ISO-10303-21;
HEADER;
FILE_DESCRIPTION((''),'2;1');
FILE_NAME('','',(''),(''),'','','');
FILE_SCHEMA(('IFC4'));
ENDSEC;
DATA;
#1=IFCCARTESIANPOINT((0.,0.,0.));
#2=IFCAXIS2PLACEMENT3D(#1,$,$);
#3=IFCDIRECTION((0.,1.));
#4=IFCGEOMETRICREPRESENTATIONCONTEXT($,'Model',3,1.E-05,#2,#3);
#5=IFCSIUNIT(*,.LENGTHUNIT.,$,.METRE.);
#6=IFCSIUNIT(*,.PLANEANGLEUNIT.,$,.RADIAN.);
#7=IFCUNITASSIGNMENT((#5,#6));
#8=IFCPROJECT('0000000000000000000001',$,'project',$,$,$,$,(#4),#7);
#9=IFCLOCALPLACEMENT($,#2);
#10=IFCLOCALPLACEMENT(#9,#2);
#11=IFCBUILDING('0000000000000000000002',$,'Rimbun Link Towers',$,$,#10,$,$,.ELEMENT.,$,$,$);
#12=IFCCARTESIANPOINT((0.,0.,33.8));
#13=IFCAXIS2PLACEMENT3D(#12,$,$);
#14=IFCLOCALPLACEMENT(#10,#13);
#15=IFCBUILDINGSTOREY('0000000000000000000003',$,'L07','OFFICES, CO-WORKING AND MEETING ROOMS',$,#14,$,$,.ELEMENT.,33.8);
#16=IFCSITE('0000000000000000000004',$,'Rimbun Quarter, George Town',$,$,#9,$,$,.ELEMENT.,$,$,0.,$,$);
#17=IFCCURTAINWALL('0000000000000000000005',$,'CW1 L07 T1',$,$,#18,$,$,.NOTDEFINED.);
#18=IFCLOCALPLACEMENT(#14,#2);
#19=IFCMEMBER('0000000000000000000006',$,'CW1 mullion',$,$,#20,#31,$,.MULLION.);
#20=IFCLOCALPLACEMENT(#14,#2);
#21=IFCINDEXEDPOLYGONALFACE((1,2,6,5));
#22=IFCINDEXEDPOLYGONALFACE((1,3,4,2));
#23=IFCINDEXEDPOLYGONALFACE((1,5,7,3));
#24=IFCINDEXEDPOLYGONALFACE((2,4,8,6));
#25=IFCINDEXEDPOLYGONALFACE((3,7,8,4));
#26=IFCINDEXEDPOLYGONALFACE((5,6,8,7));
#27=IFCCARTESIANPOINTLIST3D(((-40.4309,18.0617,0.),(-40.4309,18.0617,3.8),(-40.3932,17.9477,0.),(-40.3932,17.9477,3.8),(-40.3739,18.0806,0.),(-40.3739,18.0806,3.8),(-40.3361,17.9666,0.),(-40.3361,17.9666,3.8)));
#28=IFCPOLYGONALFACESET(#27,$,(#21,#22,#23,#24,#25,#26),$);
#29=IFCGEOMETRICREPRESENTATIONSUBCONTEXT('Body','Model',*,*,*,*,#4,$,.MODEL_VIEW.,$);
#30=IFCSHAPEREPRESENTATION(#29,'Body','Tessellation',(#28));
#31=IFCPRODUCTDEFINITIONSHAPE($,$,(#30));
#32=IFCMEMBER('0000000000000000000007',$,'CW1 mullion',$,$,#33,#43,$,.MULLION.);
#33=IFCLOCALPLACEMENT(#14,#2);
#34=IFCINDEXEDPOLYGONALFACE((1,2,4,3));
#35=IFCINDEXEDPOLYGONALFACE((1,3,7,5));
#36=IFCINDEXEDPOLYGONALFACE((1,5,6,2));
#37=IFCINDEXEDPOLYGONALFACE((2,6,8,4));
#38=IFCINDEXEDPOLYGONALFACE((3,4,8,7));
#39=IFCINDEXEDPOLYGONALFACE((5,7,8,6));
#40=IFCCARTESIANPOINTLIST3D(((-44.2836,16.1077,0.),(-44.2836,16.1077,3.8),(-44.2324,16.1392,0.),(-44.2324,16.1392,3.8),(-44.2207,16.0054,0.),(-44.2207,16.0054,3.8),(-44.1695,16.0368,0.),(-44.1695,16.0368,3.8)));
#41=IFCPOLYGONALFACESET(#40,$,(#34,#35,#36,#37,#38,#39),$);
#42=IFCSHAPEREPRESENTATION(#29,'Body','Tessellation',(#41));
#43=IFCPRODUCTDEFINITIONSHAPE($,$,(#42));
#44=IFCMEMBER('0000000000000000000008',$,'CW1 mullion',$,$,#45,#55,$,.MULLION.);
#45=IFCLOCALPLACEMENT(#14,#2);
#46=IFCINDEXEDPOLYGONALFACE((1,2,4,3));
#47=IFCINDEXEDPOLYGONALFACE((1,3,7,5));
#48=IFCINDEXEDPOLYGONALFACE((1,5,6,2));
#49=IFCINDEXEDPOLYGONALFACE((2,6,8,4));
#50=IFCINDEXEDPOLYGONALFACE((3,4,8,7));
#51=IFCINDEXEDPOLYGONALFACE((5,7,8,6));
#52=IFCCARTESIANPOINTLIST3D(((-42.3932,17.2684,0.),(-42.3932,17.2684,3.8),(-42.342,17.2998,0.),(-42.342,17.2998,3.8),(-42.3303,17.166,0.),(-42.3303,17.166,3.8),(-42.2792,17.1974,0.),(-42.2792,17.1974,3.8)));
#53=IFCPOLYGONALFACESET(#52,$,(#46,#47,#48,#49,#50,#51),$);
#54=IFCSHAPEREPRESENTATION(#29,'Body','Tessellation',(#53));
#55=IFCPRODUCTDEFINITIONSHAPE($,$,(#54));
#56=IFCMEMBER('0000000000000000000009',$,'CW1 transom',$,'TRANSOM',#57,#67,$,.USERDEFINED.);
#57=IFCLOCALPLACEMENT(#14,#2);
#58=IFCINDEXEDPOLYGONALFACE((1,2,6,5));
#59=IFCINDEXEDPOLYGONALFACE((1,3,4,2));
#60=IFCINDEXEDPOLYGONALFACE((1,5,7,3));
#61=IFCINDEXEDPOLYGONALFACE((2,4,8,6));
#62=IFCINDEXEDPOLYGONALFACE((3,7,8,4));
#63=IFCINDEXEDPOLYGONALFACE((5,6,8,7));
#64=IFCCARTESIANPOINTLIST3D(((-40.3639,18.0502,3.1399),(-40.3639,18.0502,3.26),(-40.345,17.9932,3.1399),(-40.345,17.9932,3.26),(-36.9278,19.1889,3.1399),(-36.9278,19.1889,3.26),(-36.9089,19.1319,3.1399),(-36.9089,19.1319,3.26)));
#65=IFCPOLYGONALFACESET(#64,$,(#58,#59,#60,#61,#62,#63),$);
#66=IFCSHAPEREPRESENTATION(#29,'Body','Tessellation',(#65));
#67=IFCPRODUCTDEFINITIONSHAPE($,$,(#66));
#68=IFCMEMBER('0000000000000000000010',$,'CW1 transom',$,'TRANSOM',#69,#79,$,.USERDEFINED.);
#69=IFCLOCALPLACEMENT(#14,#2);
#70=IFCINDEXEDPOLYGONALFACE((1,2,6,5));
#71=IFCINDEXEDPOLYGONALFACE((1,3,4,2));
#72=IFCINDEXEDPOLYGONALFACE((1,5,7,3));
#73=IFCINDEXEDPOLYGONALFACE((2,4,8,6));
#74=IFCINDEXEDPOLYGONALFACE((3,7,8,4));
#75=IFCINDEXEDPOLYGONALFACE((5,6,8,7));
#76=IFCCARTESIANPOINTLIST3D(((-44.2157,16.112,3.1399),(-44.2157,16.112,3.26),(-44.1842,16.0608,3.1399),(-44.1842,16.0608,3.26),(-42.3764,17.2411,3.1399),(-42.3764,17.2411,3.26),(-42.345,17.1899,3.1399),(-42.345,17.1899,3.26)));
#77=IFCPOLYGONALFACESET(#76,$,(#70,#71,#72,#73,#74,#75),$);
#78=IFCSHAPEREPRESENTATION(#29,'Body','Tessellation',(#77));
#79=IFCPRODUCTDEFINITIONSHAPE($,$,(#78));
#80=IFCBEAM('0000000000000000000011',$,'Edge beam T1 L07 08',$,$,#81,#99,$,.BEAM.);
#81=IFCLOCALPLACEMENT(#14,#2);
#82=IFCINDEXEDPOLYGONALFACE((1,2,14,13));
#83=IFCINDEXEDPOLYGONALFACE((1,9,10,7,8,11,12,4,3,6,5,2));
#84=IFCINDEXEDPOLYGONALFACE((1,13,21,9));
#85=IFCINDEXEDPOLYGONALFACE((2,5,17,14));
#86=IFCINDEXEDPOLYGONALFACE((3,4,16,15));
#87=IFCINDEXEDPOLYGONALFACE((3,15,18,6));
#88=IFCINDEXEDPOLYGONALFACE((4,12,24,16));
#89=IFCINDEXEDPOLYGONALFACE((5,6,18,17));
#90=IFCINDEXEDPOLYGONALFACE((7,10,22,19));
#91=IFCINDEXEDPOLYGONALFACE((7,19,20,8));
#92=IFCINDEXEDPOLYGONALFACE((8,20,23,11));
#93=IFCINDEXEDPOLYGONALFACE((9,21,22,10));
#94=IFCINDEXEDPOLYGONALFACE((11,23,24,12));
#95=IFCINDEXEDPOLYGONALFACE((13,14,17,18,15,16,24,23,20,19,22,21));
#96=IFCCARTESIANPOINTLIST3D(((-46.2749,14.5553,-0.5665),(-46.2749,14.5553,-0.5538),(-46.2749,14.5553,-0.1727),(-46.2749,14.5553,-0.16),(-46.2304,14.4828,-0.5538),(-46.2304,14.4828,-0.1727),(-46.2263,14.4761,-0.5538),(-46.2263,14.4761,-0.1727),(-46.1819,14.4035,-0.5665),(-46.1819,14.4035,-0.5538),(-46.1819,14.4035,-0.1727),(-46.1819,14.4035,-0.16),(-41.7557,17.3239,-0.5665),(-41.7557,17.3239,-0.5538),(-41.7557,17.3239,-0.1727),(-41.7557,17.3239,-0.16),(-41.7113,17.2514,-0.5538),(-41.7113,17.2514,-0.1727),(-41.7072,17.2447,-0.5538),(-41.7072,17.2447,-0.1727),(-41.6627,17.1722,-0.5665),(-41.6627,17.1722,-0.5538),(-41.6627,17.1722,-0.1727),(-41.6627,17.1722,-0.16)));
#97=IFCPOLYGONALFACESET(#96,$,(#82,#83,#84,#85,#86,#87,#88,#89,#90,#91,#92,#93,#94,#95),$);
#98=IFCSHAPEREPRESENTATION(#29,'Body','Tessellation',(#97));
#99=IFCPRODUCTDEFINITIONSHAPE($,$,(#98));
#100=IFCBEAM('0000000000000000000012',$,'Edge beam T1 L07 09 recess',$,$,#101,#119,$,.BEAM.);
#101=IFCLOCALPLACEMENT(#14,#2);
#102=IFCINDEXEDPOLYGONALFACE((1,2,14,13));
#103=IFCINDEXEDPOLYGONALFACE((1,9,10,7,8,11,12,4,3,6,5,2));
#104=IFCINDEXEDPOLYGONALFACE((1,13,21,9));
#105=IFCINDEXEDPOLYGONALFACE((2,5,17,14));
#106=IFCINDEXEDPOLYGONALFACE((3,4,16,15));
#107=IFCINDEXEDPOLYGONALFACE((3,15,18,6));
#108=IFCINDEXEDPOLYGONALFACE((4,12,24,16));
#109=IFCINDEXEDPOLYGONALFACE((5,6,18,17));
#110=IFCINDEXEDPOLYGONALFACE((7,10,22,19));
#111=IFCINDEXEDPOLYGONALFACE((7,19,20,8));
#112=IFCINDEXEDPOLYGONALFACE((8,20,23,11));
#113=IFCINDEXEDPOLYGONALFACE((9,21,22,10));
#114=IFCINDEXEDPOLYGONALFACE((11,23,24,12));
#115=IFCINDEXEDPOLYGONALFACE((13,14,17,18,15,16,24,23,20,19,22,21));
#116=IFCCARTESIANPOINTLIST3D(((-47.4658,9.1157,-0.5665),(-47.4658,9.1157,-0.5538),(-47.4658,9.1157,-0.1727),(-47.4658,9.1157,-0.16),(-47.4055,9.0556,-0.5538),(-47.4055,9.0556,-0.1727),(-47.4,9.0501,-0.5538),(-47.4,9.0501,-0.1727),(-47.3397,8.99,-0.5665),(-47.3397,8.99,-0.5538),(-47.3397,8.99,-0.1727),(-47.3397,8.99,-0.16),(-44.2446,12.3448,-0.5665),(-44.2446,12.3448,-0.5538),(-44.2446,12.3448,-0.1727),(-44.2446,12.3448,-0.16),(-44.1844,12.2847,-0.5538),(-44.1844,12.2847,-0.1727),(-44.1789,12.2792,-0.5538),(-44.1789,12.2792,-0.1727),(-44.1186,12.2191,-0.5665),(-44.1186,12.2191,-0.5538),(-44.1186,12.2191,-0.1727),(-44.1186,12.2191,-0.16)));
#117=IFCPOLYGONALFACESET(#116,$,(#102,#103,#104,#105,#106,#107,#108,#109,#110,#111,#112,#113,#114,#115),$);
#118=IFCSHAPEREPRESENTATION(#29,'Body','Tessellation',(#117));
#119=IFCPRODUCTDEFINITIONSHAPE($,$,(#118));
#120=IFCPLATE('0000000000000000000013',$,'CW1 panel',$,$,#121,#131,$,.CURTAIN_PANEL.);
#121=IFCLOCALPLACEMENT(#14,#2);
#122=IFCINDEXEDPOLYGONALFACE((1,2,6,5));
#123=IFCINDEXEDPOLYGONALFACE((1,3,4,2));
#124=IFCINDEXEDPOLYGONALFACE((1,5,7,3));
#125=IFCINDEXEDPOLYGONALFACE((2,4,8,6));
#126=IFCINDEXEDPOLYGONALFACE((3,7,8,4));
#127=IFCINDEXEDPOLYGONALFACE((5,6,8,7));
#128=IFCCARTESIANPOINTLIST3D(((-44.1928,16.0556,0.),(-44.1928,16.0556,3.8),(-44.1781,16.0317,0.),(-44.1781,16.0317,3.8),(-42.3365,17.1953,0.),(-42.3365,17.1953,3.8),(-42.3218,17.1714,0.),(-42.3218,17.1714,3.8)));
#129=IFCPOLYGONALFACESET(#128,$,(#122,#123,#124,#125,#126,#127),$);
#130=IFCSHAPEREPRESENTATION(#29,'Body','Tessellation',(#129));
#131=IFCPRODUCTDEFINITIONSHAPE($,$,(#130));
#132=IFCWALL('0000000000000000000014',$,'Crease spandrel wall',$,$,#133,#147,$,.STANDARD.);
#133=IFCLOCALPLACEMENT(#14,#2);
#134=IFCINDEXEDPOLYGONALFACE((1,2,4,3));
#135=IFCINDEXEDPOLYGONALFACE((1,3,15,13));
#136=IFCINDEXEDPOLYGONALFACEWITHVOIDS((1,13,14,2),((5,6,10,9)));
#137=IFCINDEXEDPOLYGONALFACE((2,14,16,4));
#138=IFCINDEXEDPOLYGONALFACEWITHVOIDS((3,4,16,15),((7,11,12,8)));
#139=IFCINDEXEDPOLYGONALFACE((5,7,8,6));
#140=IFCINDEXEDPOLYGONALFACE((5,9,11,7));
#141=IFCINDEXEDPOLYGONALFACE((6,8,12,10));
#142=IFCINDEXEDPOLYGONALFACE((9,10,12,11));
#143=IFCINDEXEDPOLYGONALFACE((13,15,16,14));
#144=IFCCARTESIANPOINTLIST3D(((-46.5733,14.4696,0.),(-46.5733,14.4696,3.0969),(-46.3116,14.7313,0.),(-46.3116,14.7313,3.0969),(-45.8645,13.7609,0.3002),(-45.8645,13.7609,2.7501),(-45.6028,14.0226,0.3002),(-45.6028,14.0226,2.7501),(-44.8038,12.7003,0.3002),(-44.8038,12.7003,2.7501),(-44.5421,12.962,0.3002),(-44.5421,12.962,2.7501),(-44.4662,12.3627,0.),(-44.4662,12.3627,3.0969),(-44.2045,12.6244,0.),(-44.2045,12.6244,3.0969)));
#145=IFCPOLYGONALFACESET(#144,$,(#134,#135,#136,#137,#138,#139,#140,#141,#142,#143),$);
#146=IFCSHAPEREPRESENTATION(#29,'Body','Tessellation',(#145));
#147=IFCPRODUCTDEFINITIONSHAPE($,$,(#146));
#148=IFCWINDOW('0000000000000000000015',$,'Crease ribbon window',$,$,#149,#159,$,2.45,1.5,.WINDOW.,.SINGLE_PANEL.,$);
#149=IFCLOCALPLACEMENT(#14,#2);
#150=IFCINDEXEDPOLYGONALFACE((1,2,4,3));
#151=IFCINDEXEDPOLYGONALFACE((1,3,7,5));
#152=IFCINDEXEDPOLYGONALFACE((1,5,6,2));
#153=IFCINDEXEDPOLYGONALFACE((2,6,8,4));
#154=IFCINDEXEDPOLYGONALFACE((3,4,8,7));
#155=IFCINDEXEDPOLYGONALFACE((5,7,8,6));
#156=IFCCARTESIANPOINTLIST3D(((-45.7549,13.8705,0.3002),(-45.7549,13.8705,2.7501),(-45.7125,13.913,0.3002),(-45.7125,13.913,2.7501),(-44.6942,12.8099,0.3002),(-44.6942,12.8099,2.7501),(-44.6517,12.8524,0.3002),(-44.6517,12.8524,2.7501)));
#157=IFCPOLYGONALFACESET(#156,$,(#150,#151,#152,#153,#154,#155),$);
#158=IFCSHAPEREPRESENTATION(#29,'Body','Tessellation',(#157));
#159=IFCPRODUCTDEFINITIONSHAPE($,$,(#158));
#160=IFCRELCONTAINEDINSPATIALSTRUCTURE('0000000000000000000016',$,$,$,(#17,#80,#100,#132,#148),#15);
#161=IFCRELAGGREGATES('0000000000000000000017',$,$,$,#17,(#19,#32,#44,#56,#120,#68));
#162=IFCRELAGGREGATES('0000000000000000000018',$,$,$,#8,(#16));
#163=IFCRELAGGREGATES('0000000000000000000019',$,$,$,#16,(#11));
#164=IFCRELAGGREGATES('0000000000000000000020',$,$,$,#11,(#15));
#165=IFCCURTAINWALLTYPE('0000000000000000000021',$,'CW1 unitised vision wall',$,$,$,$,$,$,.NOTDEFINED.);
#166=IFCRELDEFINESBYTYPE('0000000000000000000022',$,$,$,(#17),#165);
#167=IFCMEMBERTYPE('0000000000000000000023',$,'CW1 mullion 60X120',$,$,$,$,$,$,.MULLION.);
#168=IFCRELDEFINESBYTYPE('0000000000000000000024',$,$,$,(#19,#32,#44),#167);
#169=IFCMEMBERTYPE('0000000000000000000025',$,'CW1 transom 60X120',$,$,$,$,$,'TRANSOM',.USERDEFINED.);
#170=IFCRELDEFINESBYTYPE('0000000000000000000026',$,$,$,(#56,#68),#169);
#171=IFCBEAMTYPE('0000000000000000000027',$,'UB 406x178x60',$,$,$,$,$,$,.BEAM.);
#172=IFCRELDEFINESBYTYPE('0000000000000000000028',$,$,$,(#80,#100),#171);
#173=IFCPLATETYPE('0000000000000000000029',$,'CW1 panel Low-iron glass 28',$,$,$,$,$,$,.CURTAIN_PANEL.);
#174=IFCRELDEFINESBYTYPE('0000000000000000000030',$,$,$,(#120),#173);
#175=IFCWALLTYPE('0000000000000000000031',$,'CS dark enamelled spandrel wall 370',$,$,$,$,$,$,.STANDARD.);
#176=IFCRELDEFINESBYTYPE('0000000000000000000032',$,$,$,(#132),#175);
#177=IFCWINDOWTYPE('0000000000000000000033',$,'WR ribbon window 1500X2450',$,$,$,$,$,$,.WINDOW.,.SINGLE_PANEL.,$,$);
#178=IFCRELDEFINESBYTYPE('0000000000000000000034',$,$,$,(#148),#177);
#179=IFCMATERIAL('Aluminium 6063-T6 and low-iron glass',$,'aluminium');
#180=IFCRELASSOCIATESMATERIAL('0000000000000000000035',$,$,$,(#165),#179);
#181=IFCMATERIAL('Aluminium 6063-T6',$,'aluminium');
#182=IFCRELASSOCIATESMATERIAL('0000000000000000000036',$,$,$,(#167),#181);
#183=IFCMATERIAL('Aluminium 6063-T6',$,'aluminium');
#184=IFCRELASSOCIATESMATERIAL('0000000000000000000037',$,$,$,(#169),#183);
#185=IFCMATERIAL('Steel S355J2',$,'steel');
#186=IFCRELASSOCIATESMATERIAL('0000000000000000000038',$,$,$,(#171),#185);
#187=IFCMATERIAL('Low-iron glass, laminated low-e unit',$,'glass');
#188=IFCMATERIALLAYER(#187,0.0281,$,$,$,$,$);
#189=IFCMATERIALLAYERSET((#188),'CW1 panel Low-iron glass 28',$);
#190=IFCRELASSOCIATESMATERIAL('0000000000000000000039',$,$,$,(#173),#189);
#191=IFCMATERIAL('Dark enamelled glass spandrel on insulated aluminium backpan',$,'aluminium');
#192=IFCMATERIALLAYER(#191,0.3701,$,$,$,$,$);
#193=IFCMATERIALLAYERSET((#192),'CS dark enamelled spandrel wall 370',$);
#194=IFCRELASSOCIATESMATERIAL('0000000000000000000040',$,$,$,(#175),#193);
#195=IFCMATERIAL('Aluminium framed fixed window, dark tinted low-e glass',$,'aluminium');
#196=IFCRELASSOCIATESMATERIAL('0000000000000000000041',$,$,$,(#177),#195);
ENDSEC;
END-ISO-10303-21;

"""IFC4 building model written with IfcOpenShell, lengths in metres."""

from ifc_helpers import new_model, si_unit, direction, frame, frame_2d, origin, origin_2d, place, context, subcontext, project, spatial, rectangle, i_section, extrude, material, layer, layer_set, material_profile, profile_set, type_object, element, fill, aggregate, save


model = new_model("IFC4")

# Units and contexts
model_context = context("Model", 3, precision=1e-05, world=origin(), true_north=direction((0.0, 1.0)))
body_context = subcontext(model_context, "Body", "Model", "MODEL_VIEW")
ifc_project = project(units=[si_unit("LENGTHUNIT", "METRE"), si_unit("PLANEANGLEUNIT", "RADIAN")], contexts=[model_context])

# Site, building, storey
site_placement = place(None, origin())
site = spatial("IfcSite", under=ifc_project, at=site_placement, Name="Rimbun Quarter, George Town", CompositionType="ELEMENT", RefElevation=0.0)
building_placement = place(site_placement, origin())
building = spatial("IfcBuilding", under=site, at=building_placement, Name="Rimbun Link Towers", CompositionType="ELEMENT")
storey_placement = place(building_placement, frame((0.0, 0.0, 33.8)))
storey = spatial("IfcBuildingStorey", under=building, at=storey_placement, Name="L07", Description="OFFICES, CO-WORKING AND MEETING ROOMS", CompositionType="ELEMENT", Elevation=33.8)

# Curtain wall, members
ifc_material_1 = material(Name="Aluminium 6063-T6 and low-iron glass", Category="aluminium")
curtain_wall_type = type_object("IfcCurtainWallType", Name="CW1 unitised vision wall", PredefinedType="NOTDEFINED", material=ifc_material_1)
curtain_wall_placement = place(storey_placement, origin())
curtain_wall = element("IfcCurtainWall", 1, at=curtain_wall_placement, inside=storey, type_object=curtain_wall_type, Name="CW1 L07 T1", PredefinedType="NOTDEFINED")
ifc_material_2 = material(Name="Aluminium 6063-T6", Category="aluminium")
ifc_material_profile_1 = material_profile(ifc_material_2, rectangle(XDim=0.1201, YDim=0.0601, at=origin_2d()), Name="MULLION 60X120")
ifc_profile_set_1 = profile_set([ifc_material_profile_1], Name="Aluminium 6063-T6")
member_type_1 = type_object("IfcMemberType", Name="CW1 mullion 60X120", PredefinedType="MULLION", material=ifc_profile_set_1)
member_1_placement = place(storey_placement, frame((-40.3835, 18.0142, 0.0), z_axis=(0.0, 0.0, 1.0), x_axis=(-0.314564, 0.949236, 0.0)))
member_1 = element("IfcMember", 2, at=member_1_placement, type_object=member_type_1, Name="CW1 mullion", PredefinedType="MULLION", context=body_context, shape_type="SweptSolid", body=[
    extrude(rectangle(XDim=0.1201, YDim=0.0601, at=origin_2d()), origin(), (0.0, 0.0, 1.0), 3.8),
])
member_2_placement = place(storey_placement, frame((-44.2266, 16.0723, 0.0), z_axis=(0.0, 0.0, 1.0), x_axis=(-0.523232, 0.85219, 0.0)))
member_2 = element("IfcMember", 3, at=member_2_placement, type_object=member_type_1, Name="CW1 mullion", PredefinedType="MULLION", context=body_context, shape_type="SweptSolid", body=[
    extrude(rectangle(XDim=0.1201, YDim=0.0601, at=origin_2d()), origin(), (0.0, 0.0, 1.0), 3.8),
])
member_3_placement = place(storey_placement, frame((-42.3362, 17.2329, 0.0), z_axis=(0.0, 0.0, 1.0), x_axis=(-0.523232, 0.85219, 0.0)))
member_3 = element("IfcMember", 4, at=member_3_placement, type_object=member_type_1, Name="CW1 mullion", PredefinedType="MULLION", context=body_context, shape_type="SweptSolid", body=[
    extrude(rectangle(XDim=0.1201, YDim=0.0601, at=origin_2d()), origin(), (0.0, 0.0, 1.0), 3.8),
])
ifc_material_3 = material(Name="Aluminium 6063-T6", Category="aluminium")
ifc_material_profile_2 = material_profile(ifc_material_3, rectangle(XDim=0.0601, YDim=0.1201, at=origin_2d()), Name="TRANSOM 60X120")
ifc_profile_set_2 = profile_set([ifc_material_profile_2], Name="Aluminium 6063-T6")
member_type_2 = type_object("IfcMemberType", Name="CW1 transom 60X120", ElementType="TRANSOM", PredefinedType="USERDEFINED", material=ifc_profile_set_2)
member_4_placement = place(storey_placement, frame((-40.3545, 18.0217, 3.2), z_axis=(0.949235, 0.314568, 0.0), x_axis=(-0.314568, 0.949235, 0.0)))
member_4 = element("IfcMember", 5, at=member_4_placement, type_object=member_type_2, Name="CW1 transom", ObjectType="TRANSOM", PredefinedType="USERDEFINED", context=body_context, shape_type="SweptSolid", body=[
    extrude(rectangle(XDim=0.0601, YDim=0.1201, at=origin_2d()), origin(), (0.0, 0.0, 1.0), 3.6199),
])
member_5_placement = place(storey_placement, frame((-44.2, 16.0864, 3.2), z_axis=(0.852229, 0.523169, 0.0), x_axis=(-0.523169, 0.852229, 0.0)))
member_5 = element("IfcMember", 6, at=member_5_placement, type_object=member_type_2, Name="CW1 transom", ObjectType="TRANSOM", PredefinedType="USERDEFINED", context=body_context, shape_type="SweptSolid", body=[
    extrude(rectangle(XDim=0.0601, YDim=0.1201, at=origin_2d()), origin(), (0.0, 0.0, 1.0), 2.1582),
])

# Beams
ifc_material_4 = material(Name="Steel S355J2", Category="steel")
ifc_material_profile_3 = material_profile(ifc_material_4, i_section(OverallWidth=0.178, OverallDepth=0.4065, WebThickness=0.0078, FlangeThickness=0.0127, at=origin_2d()), Name="UB 406x178x60")
ifc_profile_set_3 = profile_set([ifc_material_profile_3], Name="Steel S355J2")
beam_type = type_object("IfcBeamType", Name="UB 406x178x60", PredefinedType="BEAM", material=ifc_profile_set_3)
beam_1_placement = place(storey_placement, frame((-41.7092, 17.248, -0.3633), z_axis=(-0.852701, -0.5224, 0.0), x_axis=(0.5224, -0.852701, 0.0)))
element("IfcBeam", 7, at=beam_1_placement, inside=storey, type_object=beam_type, Name="Edge beam T1 L07 08", PredefinedType="BEAM", context=body_context, shape_type="SweptSolid", body=[
    extrude(i_section(OverallWidth=0.178, OverallDepth=0.4065, WebThickness=0.0078, FlangeThickness=0.0127, at=origin_2d()), origin(), (0.0, 0.0, 1.0), 5.2998),
])
beam_2_placement = place(storey_placement, frame((-44.1816, 12.282, -0.3633), z_axis=(-0.706223, -0.707989, 0.0), x_axis=(0.707989, -0.706223, 0.0)))
element("IfcBeam", 8, at=beam_2_placement, inside=storey, type_object=beam_type, Name="Edge beam T1 L07 09 recess", PredefinedType="BEAM", context=body_context, shape_type="SweptSolid", body=[
    extrude(i_section(OverallWidth=0.178, OverallDepth=0.4065, WebThickness=0.0078, FlangeThickness=0.0127, at=origin_2d()), origin(), (0.0, 0.0, 1.0), 4.561),
])

# Plate
ifc_material_5 = material(Name="Low-iron glass, laminated low-e unit", Category="glass")
ifc_layer_1 = layer(ifc_material_5, 0.0281)
ifc_layer_set_1 = layer_set([ifc_layer_1], Name="CW1 panel Low-iron glass 28")
plate_type = type_object("IfcPlateType", Name="CW1 panel Low-iron glass 28", PredefinedType="CURTAIN_PANEL", material=ifc_layer_set_1)
plate_placement = place(storey_placement, frame((-43.2573, 16.6135, 0.0), z_axis=(0.0, 0.0, 1.0), x_axis=(0.85219, 0.523232, 0.0)))
plate = element("IfcPlate", 9, at=plate_placement, type_object=plate_type, Name="CW1 panel", PredefinedType="CURTAIN_PANEL", context=body_context, shape_type="SweptSolid", body=[
    extrude(rectangle(XDim=2.1782, YDim=0.0281, at=origin_2d()), origin(), (0.0, 0.0, 1.0), 3.8),
])
aggregate(curtain_wall, [member_1, member_2, member_3, member_4, plate, member_5])

# Wall, opening, window
ifc_material_6 = material(Name="Dark enamelled glass spandrel on insulated aluminium backpan", Category="aluminium")
ifc_layer_2 = layer(ifc_material_6, 0.3701)
ifc_layer_set_2 = layer_set([ifc_layer_2], Name="CS dark enamelled spandrel wall 370")
wall_type_1 = type_object("IfcWallType", Name="CS dark enamelled spandrel wall 370", PredefinedType="STANDARD", material=ifc_layer_set_2)
wall_1_placement = place(storey_placement, frame((-44.3354, 12.4937, 0.0), z_axis=(0.0, 0.0, 1.0), x_axis=(-0.707148, 0.707066, 0.0)))
wall_1 = element("IfcWall", 10, at=wall_1_placement, inside=storey, type_object=wall_type_1, Name="Crease spandrel wall", PredefinedType="STANDARD", context=body_context, shape_type="SweptSolid", body=[
    extrude(rectangle(XDim=2.9797, YDim=0.3701, at=frame_2d((1.4897, 0.0))), origin(), (0.0, 0.0, 1.0), 3.0969),
])
opening_1_placement = place(wall_1_placement, frame((0.4773, 0.0, 0.3)))
opening_1 = element("IfcOpeningElement", 11, at=opening_1_placement, cuts=wall_1, PredefinedType="OPENING", context=body_context, shape_type="SweptSolid", body=[
    extrude(rectangle(XDim=1.5, YDim=2.45, at=frame_2d((0.75, 1.2251))), frame((0.0, 0.1951, 0.0), z_axis=(0.0, -1.0, 0.0), x_axis=(1.0, 0.0, 0.0)), (0.0, 0.0, 1.0), 0.3901),
])
ifc_material_7 = material(Name="Aluminium framed fixed window, dark tinted low-e glass", Category="aluminium")
window_type = type_object("IfcWindowType", Name="WR ribbon window 1500X2450", PartitioningType="SINGLE_PANEL", PredefinedType="WINDOW", material=ifc_material_7)
window_placement = place(opening_1_placement, origin())
window = element("IfcWindow", 12, at=window_placement, inside=storey, type_object=window_type, Name="Crease ribbon window", OverallHeight=2.45, OverallWidth=1.5, PartitioningType="SINGLE_PANEL", PredefinedType="WINDOW", context=body_context, shape_type="SweptSolid", body=[
    extrude(rectangle(XDim=1.5, YDim=2.45, at=frame_2d((0.75, 1.2251))), frame((0.0, 0.03, 0.0), z_axis=(0.0, -1.0, 0.0), x_axis=(1.0, 0.0, 0.0)), (0.0, 0.0, 1.0), 0.0601),
])
fill(opening_1, window)

save(model, "model.ifc")
